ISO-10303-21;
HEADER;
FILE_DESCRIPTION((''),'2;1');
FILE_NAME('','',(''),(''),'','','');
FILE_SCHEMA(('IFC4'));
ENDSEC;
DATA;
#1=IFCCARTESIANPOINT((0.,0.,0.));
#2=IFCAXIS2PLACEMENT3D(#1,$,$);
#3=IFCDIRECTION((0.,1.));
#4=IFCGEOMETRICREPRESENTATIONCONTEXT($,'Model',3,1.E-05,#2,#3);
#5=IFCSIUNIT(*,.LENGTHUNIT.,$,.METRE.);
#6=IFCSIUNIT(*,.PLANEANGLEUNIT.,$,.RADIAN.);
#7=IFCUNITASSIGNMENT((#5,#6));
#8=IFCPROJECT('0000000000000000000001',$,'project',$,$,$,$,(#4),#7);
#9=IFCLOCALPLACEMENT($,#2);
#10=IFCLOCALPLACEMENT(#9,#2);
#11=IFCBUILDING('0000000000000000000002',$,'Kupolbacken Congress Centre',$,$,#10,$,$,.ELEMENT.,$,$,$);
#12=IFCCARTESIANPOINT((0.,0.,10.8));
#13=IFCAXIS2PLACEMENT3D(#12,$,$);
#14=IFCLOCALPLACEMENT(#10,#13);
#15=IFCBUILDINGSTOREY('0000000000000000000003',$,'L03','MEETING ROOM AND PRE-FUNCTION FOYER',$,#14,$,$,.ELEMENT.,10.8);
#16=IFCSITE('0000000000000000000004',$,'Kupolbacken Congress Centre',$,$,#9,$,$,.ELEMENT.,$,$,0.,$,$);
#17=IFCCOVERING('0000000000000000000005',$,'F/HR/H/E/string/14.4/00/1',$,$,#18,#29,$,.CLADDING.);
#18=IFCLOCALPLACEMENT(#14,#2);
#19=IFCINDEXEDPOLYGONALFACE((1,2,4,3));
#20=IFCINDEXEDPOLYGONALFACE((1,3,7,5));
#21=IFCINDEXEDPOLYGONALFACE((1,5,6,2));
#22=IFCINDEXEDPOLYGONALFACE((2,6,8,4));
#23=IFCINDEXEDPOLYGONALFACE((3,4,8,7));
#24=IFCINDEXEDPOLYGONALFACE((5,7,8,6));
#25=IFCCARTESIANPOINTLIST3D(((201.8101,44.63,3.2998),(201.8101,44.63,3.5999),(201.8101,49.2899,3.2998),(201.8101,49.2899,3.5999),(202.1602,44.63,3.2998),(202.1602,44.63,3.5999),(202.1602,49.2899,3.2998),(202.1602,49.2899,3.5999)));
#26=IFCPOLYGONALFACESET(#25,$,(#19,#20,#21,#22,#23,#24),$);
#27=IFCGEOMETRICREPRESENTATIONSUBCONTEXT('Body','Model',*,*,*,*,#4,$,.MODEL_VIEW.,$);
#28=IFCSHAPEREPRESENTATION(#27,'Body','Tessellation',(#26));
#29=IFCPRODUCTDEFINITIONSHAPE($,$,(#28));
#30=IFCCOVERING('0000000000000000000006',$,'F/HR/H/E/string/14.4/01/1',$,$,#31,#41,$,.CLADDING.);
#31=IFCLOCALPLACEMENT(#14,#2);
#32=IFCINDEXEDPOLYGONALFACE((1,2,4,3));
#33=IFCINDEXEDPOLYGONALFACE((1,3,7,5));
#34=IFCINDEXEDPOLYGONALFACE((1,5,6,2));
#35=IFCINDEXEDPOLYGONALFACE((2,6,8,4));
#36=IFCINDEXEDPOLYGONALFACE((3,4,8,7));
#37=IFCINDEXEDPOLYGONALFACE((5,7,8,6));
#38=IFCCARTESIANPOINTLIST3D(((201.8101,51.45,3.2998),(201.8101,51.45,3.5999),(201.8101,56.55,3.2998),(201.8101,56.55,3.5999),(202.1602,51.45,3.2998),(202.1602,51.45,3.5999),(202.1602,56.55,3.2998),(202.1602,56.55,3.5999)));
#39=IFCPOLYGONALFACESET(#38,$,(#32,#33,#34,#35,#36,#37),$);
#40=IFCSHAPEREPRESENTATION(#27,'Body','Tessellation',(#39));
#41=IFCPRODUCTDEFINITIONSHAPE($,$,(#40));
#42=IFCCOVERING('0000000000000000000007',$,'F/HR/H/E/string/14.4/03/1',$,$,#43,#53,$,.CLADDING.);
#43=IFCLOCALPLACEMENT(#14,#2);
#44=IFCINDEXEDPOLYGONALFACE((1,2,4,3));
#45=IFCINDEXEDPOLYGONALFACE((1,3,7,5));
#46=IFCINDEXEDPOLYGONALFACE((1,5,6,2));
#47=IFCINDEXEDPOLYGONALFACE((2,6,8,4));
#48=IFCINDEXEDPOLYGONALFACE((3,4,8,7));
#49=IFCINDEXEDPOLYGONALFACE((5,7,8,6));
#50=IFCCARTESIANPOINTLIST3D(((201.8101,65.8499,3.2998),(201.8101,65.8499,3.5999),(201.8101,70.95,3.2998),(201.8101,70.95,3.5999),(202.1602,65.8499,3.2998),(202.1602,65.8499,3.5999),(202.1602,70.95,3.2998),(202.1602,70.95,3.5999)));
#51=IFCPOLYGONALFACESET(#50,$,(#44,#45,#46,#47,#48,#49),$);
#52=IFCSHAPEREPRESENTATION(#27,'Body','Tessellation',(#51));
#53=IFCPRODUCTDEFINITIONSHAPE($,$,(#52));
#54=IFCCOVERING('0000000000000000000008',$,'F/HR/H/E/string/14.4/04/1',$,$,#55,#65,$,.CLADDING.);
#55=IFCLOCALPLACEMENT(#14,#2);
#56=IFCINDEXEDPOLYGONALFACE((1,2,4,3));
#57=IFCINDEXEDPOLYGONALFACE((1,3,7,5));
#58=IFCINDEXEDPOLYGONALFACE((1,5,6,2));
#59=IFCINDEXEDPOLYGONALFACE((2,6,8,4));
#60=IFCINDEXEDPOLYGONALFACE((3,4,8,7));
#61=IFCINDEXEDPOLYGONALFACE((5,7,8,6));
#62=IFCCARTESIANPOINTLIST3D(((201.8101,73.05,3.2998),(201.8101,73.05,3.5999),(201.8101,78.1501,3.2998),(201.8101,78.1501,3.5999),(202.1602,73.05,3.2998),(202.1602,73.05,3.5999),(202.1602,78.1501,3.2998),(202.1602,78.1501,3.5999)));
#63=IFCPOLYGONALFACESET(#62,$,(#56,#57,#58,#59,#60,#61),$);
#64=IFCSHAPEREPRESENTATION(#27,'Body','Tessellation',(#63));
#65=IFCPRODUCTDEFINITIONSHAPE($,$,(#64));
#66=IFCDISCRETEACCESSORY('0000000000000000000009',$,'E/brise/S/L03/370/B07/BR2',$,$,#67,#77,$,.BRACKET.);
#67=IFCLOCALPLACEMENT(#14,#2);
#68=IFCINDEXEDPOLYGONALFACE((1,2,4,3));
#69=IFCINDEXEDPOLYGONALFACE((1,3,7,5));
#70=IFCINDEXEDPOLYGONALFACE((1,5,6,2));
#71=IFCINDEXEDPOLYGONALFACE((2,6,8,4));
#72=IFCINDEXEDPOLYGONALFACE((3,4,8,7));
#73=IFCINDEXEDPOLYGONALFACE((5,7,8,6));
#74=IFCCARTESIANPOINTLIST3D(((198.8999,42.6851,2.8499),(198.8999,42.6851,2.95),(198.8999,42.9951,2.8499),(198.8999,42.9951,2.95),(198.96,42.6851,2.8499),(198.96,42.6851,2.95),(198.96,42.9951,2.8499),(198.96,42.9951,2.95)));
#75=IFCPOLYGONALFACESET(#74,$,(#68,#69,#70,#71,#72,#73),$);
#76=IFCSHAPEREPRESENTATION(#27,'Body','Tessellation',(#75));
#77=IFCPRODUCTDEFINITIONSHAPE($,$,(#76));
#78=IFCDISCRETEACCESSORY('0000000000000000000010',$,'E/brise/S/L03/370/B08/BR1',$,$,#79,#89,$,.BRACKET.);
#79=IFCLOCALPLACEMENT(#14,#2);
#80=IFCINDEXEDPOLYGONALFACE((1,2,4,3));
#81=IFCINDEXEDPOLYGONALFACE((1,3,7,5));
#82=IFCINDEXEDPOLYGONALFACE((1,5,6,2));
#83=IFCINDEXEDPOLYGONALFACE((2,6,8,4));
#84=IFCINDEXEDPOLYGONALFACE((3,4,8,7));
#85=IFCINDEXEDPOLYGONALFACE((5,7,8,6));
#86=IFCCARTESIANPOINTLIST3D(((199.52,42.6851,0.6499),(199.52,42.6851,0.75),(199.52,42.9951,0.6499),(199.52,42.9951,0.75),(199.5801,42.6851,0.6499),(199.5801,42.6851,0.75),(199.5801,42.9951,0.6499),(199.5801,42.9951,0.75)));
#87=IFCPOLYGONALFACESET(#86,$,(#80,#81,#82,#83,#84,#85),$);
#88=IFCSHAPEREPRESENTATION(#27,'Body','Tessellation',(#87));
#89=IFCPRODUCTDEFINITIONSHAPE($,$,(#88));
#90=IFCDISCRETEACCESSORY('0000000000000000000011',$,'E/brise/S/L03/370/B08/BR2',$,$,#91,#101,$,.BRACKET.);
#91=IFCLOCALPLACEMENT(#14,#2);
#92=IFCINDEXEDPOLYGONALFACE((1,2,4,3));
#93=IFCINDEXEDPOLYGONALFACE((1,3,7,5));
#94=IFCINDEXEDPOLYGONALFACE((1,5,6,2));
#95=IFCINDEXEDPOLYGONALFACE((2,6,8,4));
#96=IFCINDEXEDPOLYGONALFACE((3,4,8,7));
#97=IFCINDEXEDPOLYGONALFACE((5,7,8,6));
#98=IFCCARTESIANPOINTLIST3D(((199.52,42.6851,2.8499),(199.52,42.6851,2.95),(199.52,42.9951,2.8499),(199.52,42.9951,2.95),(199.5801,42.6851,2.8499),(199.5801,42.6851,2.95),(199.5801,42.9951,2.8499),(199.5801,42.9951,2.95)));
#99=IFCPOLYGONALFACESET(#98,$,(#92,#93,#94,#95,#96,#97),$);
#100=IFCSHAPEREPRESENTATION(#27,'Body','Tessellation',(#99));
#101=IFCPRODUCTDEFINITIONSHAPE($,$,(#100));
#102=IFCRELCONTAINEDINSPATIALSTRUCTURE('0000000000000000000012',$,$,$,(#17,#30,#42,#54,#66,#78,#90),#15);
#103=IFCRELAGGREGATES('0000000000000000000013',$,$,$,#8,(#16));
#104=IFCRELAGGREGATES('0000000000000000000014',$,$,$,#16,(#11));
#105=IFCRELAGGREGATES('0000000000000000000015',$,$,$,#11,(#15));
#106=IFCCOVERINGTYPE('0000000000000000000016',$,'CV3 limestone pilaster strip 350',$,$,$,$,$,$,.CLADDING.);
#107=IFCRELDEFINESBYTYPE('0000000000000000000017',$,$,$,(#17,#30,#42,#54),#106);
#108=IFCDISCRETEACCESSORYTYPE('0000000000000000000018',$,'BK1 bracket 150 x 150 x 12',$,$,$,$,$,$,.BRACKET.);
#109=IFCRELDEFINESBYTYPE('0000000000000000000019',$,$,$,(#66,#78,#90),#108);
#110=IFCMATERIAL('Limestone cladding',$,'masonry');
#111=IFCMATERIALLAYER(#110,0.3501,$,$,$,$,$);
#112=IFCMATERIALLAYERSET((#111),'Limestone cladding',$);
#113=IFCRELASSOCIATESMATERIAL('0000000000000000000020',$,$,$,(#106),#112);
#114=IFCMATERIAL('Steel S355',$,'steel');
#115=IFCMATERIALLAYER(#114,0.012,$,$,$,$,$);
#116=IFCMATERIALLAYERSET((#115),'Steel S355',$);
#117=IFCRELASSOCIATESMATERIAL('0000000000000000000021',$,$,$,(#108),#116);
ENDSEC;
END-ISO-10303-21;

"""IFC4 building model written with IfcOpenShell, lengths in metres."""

from ifc_helpers import new_model, si_unit, direction, frame, origin, origin_2d, place, context, subcontext, project, spatial, rectangle, extrude, material, layer, layer_set, type_object, element, save


model = new_model("IFC4")

# Units and contexts
model_context = context("Model", 3, precision=1e-05, world=origin(), true_north=direction((0.0, 1.0)))
body_context = subcontext(model_context, "Body", "Model", "MODEL_VIEW")
ifc_project = project(units=[si_unit("LENGTHUNIT", "METRE"), si_unit("PLANEANGLEUNIT", "RADIAN")], contexts=[model_context])

# Site, building, storey
site_placement = place(None, origin())
site = spatial("IfcSite", under=ifc_project, at=site_placement, Name="Kupolbacken Congress Centre", CompositionType="ELEMENT", RefElevation=0.0)
building_placement = place(site_placement, origin())
building = spatial("IfcBuilding", under=site, at=building_placement, Name="Kupolbacken Congress Centre", CompositionType="ELEMENT")
storey_placement = place(building_placement, frame((0.0, 0.0, 10.8)))
storey = spatial("IfcBuildingStorey", under=building, at=storey_placement, Name="L03", Description="MEETING ROOM AND PRE-FUNCTION FOYER", CompositionType="ELEMENT", Elevation=10.8)

# Coverings
ifc_material_1 = material(Name="Limestone cladding", Category="masonry")
ifc_layer_1 = layer(ifc_material_1, 0.3501)
ifc_layer_set_1 = layer_set([ifc_layer_1], Name="Limestone cladding")
covering_type_1 = type_object("IfcCoveringType", Name="CV3 limestone pilaster strip 350", PredefinedType="CLADDING", material=ifc_layer_set_1)
covering_1_placement = place(storey_placement, frame((201.9851, 46.96, 3.2998), z_axis=(0.0, 0.0, 1.0), x_axis=(0.0, 1.0, 0.0)))
element("IfcCovering", 1, at=covering_1_placement, inside=storey, type_object=covering_type_1, Name="F/HR/H/E/string/14.4/00/1", PredefinedType="CLADDING", context=body_context, shape_type="SweptSolid", body=[
    extrude(rectangle(XDim=4.6599, YDim=0.3501, at=origin_2d()), origin(), (0.0, 0.0, 1.0), 0.3),
])
for number, where, z_axis, x_axis, name in (
    (2, (201.9851, 54.0, 3.2998), (0.0, 0.0, 1.0), (0.0, 1.0, 0.0), "F/HR/H/E/string/14.4/01/1"),
    (3, (201.9851, 68.3999, 3.2998), (0.0, 0.0, 1.0), (0.0, 1.0, 0.0), "F/HR/H/E/string/14.4/03/1"),
    (4, (201.9851, 75.6001, 3.2998), (0.0, 0.0, 1.0), (0.0, 1.0, 0.0), "F/HR/H/E/string/14.4/04/1"),
):
    element("IfcCovering", number, at=place(storey_placement, frame(where, z_axis=z_axis, x_axis=x_axis)), inside=storey, type_object=covering_type_1, Name=name, PredefinedType="CLADDING", context=body_context, shape_type="SweptSolid", body=[
        extrude(rectangle(XDim=5.1001, YDim=0.3501, at=origin_2d()), origin(), (0.0, 0.0, 1.0), 0.3),
    ])

# Discrete accessories
ifc_material_2 = material(Name="Steel S355", Category="steel")
ifc_layer_2 = layer(ifc_material_2, 0.012)
ifc_layer_set_2 = layer_set([ifc_layer_2], Name="Steel S355")
discrete_accessory_type = type_object("IfcDiscreteAccessoryType", Name="BK1 bracket 150 x 150 x 12", PredefinedType="BRACKET", material=ifc_layer_set_2)
for number, where, z_axis, x_axis, name in (
    (5, (198.9299, 42.8401, 2.8499), (0.0, 0.0, 1.0), (1.0, 0.0, 0.0), "E/brise/S/L03/370/B07/BR2"),
    (6, (199.55, 42.8401, 0.6499), (0.0, 0.0, 1.0), (1.0, 0.0, 0.0), "E/brise/S/L03/370/B08/BR1"),
    (7, (199.55, 42.8401, 2.8499), (0.0, 0.0, 1.0), (1.0, 0.0, 0.0), "E/brise/S/L03/370/B08/BR2"),
):
    element("IfcDiscreteAccessory", number, at=place(storey_placement, frame(where, z_axis=z_axis, x_axis=x_axis)), inside=storey, type_object=discrete_accessory_type, Name=name, PredefinedType="BRACKET", context=body_context, shape_type="SweptSolid", body=[
        extrude(rectangle(XDim=0.0601, YDim=0.3101, at=origin_2d()), origin(), (0.0, 0.0, 1.0), 0.1001),
    ])

save(model, "model.ifc")
